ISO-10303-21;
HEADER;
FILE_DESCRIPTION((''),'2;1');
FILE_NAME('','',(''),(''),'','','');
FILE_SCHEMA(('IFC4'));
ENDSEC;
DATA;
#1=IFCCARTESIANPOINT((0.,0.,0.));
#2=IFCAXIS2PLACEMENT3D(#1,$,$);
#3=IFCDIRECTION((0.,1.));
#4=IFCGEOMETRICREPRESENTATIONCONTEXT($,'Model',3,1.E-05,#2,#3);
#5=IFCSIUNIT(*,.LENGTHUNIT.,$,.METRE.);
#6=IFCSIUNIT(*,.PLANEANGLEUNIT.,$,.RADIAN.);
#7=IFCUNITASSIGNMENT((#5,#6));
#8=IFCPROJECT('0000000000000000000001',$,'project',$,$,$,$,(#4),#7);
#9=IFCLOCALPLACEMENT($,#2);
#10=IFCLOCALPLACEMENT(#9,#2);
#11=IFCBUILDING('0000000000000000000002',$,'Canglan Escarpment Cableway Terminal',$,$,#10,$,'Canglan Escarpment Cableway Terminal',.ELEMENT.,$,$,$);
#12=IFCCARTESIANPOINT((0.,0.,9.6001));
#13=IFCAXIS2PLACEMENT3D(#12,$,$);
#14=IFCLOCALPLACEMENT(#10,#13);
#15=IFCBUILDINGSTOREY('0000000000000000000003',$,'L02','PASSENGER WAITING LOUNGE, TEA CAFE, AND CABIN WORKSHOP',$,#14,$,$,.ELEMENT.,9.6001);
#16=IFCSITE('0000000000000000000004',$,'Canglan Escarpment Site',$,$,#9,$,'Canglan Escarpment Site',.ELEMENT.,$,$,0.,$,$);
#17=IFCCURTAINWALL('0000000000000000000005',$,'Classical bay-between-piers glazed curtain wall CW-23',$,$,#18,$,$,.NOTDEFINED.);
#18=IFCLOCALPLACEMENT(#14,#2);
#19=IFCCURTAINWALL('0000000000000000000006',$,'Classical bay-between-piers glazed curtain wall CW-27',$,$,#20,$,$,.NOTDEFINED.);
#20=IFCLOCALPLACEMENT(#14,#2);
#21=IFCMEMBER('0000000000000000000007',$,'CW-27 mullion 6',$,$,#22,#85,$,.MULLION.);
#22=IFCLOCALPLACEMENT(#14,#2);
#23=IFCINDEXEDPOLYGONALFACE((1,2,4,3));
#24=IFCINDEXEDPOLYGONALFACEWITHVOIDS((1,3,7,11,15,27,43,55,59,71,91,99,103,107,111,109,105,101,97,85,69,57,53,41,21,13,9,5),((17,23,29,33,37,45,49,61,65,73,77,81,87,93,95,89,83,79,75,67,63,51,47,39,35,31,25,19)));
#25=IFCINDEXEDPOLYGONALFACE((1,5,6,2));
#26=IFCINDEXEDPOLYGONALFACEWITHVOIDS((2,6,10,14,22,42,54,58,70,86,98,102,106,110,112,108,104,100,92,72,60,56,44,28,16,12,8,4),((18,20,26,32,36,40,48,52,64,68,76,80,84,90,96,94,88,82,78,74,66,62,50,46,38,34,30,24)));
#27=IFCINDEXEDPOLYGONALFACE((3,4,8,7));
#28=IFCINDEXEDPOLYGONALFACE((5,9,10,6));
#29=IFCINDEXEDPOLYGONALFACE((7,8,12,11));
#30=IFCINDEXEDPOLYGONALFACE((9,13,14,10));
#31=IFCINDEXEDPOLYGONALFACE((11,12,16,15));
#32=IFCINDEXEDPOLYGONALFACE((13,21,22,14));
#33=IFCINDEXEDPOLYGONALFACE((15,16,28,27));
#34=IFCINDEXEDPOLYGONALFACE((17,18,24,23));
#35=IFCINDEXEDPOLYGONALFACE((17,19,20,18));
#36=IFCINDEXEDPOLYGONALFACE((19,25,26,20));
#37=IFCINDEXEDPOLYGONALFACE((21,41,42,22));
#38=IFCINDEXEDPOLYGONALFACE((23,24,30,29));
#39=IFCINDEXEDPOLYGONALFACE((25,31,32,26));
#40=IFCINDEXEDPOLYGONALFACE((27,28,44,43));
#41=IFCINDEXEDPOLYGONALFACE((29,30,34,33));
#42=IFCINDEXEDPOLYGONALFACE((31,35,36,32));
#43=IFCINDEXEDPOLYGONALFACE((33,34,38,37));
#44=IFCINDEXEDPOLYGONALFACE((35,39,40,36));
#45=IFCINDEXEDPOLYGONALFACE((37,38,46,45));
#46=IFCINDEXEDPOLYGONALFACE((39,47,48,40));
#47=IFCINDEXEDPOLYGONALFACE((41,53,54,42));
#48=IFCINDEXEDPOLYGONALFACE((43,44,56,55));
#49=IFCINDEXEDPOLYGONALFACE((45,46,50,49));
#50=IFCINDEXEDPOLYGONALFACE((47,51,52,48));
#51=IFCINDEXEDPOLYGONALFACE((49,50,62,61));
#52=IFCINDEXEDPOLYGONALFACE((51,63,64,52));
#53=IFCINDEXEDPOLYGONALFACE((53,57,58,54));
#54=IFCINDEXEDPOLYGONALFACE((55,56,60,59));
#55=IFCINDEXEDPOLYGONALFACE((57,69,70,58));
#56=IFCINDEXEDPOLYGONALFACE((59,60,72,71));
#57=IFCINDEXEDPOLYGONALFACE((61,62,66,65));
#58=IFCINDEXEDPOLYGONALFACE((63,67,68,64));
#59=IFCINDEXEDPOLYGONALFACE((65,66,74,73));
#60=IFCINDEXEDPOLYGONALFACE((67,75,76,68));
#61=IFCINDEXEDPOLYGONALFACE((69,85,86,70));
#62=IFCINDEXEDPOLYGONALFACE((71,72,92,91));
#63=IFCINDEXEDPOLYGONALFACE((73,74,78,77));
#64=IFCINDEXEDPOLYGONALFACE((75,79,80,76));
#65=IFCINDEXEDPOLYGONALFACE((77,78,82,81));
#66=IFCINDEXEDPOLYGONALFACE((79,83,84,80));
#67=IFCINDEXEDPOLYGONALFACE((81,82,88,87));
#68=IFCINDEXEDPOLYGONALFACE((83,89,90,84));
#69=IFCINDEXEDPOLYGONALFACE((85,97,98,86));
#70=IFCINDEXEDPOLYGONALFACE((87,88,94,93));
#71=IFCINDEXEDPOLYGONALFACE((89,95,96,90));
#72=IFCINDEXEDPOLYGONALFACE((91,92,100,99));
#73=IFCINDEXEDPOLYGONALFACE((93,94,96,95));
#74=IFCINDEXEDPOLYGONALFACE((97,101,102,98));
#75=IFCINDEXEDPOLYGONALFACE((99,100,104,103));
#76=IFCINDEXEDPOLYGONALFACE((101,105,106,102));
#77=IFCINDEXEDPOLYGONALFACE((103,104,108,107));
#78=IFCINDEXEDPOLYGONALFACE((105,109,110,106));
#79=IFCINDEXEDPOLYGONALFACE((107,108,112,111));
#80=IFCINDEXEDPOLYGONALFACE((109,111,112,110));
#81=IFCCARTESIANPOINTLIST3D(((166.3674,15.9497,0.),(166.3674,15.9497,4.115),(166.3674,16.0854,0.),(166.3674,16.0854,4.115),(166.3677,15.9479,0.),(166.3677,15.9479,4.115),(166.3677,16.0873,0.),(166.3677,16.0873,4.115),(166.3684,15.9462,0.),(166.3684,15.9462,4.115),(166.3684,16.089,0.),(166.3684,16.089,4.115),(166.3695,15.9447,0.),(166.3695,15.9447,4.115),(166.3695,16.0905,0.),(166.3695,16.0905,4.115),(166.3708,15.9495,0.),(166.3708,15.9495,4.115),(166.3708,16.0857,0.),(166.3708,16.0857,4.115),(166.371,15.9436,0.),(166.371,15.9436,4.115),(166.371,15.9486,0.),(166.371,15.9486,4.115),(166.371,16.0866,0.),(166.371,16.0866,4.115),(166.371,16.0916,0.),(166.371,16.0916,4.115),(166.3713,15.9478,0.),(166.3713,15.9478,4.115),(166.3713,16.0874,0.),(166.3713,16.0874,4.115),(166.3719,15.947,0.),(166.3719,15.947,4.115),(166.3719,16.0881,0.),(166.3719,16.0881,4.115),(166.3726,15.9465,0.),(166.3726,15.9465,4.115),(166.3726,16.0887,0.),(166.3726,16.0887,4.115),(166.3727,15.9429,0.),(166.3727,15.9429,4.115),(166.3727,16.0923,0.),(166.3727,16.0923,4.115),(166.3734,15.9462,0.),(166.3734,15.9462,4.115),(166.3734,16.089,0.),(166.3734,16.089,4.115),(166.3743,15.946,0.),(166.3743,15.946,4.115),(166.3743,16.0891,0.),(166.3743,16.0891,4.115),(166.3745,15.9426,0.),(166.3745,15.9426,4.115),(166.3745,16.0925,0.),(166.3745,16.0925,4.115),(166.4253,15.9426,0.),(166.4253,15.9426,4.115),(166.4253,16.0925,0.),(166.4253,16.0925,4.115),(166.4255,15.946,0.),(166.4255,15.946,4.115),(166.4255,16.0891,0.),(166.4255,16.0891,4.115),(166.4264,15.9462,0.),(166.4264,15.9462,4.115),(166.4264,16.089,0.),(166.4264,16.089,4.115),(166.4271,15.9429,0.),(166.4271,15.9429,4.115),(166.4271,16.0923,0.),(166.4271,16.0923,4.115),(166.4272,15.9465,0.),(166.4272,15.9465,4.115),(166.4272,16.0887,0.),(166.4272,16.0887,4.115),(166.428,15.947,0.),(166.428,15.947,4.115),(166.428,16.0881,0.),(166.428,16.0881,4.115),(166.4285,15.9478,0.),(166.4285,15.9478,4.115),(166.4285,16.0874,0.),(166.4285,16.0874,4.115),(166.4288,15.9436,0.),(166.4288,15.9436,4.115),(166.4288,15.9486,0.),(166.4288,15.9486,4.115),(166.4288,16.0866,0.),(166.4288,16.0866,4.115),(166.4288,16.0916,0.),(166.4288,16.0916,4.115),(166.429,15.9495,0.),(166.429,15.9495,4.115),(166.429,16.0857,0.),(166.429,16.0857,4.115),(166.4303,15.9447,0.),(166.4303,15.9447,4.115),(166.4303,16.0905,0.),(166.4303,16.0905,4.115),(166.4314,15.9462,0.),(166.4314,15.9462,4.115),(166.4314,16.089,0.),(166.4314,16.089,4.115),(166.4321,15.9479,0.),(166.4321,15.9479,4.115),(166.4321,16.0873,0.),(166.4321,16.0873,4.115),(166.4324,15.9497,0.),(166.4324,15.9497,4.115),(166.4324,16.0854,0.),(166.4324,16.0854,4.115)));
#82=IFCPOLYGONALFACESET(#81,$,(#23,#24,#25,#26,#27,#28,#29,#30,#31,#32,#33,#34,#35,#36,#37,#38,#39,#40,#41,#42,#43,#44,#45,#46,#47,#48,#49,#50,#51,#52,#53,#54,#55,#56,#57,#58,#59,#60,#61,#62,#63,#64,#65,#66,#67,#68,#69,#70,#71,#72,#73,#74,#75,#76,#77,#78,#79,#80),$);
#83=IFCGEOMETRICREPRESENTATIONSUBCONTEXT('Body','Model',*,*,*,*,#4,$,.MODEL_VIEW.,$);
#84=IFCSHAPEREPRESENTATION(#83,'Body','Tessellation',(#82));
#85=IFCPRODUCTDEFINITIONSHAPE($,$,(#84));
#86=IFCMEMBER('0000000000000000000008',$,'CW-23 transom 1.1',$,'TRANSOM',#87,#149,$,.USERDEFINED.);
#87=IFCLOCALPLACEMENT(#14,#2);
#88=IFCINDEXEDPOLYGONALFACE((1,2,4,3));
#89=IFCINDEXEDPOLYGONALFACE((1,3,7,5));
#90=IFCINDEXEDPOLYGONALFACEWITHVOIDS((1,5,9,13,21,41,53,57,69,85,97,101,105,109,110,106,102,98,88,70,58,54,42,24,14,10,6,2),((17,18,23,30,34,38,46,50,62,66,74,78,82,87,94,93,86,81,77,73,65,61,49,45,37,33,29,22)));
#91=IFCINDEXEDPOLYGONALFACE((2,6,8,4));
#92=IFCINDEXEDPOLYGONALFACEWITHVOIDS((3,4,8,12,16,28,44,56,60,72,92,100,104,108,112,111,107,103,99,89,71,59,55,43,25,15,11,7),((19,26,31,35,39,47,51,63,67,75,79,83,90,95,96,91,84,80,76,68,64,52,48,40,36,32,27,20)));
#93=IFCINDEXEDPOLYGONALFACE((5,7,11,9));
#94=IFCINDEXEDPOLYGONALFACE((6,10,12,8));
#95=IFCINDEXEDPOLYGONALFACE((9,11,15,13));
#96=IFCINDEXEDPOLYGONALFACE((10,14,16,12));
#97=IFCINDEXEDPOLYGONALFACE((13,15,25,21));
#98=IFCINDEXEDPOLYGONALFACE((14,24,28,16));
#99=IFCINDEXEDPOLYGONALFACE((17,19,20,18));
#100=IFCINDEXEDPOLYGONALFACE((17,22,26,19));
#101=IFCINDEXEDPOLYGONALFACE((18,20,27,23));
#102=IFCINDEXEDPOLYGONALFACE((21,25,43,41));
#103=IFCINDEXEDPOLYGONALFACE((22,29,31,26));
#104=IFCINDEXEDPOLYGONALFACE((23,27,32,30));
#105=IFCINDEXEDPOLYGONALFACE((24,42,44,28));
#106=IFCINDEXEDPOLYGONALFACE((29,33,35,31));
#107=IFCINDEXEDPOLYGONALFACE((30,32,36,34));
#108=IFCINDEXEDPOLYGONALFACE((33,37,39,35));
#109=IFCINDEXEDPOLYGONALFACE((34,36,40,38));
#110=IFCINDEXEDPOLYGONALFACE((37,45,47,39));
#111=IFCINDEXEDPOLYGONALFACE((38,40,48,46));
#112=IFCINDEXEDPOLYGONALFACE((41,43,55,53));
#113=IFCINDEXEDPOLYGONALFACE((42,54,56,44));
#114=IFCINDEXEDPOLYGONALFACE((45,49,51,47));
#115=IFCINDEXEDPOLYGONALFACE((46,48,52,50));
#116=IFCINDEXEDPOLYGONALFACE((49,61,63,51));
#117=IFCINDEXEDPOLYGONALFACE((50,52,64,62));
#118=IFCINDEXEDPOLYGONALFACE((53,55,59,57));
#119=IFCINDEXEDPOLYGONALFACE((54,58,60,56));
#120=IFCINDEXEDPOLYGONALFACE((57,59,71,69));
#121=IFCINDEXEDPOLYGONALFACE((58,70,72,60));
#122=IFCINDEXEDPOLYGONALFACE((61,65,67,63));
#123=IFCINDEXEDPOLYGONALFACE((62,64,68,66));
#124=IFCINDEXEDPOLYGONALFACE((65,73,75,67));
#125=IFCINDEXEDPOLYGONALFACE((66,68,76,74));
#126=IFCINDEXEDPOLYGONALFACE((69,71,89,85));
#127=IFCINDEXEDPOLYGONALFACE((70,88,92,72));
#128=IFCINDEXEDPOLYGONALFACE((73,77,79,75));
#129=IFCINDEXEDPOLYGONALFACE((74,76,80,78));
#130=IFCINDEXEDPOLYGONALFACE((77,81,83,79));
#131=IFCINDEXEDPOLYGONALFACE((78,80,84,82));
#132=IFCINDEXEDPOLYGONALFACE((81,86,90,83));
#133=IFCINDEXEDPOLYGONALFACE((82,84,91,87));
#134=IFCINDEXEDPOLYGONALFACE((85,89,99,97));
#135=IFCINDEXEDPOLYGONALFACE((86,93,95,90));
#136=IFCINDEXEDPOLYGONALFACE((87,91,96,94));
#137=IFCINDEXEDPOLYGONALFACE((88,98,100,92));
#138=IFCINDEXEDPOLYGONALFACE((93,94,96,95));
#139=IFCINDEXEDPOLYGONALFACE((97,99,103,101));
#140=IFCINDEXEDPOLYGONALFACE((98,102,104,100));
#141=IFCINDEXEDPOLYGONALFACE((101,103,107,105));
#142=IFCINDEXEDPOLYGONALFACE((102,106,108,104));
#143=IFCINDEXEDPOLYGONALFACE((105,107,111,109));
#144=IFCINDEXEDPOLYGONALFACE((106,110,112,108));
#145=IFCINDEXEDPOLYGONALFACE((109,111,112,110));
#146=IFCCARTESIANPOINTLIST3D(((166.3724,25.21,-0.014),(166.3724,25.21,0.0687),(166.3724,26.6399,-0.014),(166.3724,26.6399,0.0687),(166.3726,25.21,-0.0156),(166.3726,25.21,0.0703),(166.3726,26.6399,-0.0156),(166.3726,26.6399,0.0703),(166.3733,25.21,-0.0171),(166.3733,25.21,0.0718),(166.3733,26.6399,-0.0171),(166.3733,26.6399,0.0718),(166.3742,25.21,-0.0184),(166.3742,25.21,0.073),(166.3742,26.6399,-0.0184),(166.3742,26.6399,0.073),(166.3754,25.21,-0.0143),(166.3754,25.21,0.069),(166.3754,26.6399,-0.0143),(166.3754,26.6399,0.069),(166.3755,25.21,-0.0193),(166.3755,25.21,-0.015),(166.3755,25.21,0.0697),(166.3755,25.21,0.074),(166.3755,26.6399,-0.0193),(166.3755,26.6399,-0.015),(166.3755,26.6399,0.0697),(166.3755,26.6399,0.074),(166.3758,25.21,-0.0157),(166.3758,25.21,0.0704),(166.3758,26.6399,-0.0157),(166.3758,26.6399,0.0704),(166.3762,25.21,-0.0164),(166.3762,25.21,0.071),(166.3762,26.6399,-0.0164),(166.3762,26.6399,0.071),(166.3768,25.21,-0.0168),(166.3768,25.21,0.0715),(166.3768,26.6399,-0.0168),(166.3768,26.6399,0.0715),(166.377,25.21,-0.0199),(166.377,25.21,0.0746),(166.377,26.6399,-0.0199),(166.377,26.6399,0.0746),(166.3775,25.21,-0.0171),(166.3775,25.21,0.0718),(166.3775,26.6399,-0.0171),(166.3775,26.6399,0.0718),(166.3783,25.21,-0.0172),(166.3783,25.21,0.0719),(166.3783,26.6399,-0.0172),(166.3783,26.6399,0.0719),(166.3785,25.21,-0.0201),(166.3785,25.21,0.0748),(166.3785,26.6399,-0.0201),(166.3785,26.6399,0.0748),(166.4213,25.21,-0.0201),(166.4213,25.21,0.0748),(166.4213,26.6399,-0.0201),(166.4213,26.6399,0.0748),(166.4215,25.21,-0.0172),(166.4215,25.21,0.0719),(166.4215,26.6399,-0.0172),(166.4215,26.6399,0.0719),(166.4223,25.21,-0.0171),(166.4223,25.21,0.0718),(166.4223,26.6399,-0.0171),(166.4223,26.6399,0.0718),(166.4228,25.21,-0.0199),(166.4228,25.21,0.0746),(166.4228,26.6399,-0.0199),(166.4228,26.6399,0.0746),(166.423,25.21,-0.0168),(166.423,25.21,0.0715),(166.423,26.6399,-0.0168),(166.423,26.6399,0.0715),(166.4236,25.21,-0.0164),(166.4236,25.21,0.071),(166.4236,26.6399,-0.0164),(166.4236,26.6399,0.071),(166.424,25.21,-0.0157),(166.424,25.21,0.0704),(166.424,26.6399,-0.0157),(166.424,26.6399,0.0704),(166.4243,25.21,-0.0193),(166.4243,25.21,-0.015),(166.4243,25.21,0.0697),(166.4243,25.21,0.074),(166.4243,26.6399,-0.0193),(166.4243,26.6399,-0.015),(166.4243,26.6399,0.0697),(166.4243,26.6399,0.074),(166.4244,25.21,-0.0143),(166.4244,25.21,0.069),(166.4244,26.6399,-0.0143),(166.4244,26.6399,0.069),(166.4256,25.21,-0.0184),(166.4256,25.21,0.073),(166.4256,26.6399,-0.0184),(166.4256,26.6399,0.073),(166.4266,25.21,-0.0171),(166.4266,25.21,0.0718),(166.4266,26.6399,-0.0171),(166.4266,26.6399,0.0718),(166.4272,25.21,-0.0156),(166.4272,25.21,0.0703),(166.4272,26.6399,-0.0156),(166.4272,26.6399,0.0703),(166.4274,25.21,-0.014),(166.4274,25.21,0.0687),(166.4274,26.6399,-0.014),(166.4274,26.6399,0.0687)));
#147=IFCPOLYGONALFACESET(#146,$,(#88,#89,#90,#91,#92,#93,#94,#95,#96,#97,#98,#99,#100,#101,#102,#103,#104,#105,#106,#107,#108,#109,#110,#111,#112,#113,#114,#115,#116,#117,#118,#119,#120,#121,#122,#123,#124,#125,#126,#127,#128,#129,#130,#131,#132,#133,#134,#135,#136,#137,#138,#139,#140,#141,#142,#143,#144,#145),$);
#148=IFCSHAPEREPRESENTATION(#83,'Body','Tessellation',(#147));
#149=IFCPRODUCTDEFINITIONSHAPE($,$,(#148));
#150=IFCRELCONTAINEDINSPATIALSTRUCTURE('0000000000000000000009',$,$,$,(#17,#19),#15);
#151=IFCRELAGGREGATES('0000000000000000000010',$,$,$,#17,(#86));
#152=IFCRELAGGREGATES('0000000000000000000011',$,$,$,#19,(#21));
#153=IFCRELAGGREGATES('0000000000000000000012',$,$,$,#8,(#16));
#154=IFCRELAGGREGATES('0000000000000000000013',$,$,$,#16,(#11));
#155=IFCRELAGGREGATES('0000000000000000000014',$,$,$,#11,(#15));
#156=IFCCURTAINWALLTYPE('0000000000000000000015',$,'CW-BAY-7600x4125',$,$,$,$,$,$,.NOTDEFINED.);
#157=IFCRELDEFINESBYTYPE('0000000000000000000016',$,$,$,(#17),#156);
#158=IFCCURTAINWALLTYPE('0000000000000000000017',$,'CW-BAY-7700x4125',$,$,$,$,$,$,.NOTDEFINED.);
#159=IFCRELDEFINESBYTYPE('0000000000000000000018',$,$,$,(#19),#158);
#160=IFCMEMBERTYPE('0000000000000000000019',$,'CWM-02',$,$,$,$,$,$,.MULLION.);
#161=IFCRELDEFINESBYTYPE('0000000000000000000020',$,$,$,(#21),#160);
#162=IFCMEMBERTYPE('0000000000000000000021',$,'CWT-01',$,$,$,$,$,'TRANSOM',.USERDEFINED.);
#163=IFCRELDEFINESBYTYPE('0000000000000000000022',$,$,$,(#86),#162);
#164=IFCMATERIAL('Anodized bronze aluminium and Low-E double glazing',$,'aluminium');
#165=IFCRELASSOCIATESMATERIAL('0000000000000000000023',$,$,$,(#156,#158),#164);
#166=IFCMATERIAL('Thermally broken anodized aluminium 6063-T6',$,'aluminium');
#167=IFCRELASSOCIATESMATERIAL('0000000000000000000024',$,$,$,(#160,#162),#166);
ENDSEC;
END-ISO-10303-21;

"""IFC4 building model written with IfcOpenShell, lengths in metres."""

from ifc_helpers import new_model, si_unit, direction, frame, origin, origin_2d, place, context, subcontext, project, spatial, hollow_rectangle, extrude, material, material_profile, profile_set, type_object, element, aggregate, save


model = new_model("IFC4")

# Units and contexts
model_context = context("Model", 3, precision=1e-05, world=origin(), true_north=direction((0.0, 1.0)))
body_context = subcontext(model_context, "Body", "Model", "MODEL_VIEW")
ifc_project = project(units=[si_unit("LENGTHUNIT", "METRE"), si_unit("PLANEANGLEUNIT", "RADIAN")], contexts=[model_context])

# Site, building, storey
site_placement = place(None, origin())
site = spatial("IfcSite", under=ifc_project, at=site_placement, Name="Canglan Escarpment Site", LongName="Canglan Escarpment Site", CompositionType="ELEMENT", RefElevation=0.0)
building_placement = place(site_placement, origin())
building = spatial("IfcBuilding", under=site, at=building_placement, Name="Canglan Escarpment Cableway Terminal", LongName="Canglan Escarpment Cableway Terminal", CompositionType="ELEMENT")
storey_placement = place(building_placement, frame((0.0, 0.0, 9.6001)))
storey = spatial("IfcBuildingStorey", under=building, at=storey_placement, Name="L02", Description="PASSENGER WAITING LOUNGE, TEA CAFE, AND CABIN WORKSHOP", CompositionType="ELEMENT", Elevation=9.6001)

# Curtain wall
ifc_material_1 = material(Name="Anodized bronze aluminium and Low-E double glazing", Category="aluminium")
curtain_wall_type_1 = type_object("IfcCurtainWallType", Name="CW-BAY-7600x4125", PredefinedType="NOTDEFINED", material=ifc_material_1)
curtain_wall_1_placement = place(storey_placement, origin())
curtain_wall_1 = element("IfcCurtainWall", 1, at=curtain_wall_1_placement, inside=storey, type_object=curtain_wall_type_1, Name="Classical bay-between-piers glazed curtain wall CW-23", PredefinedType="NOTDEFINED")
ifc_material_2 = material(Name="Thermally broken anodized aluminium 6063-T6", Category="aluminium")

# Curtain wall, member
curtain_wall_type_2 = type_object("IfcCurtainWallType", Name="CW-BAY-7700x4125", PredefinedType="NOTDEFINED", material=ifc_material_1)
curtain_wall_2_placement = place(storey_placement, origin())
curtain_wall_2 = element("IfcCurtainWall", 2, at=curtain_wall_2_placement, inside=storey, type_object=curtain_wall_type_2, Name="Classical bay-between-piers glazed curtain wall CW-27", PredefinedType="NOTDEFINED")
ifc_material_profile_1 = material_profile(ifc_material_2, hollow_rectangle(XDim=0.0649, YDim=0.1499, WallThickness=0.0034, InnerFilletRadius=0.0034, OuterFilletRadius=0.0071, at=origin_2d()), Name="ALU-MULL 65x150x3.5")
ifc_profile_set_1 = profile_set([ifc_material_profile_1], Name="Thermally broken anodized aluminium 6063-T6")
member_type_1 = type_object("IfcMemberType", Name="CWM-02", PredefinedType="MULLION", material=ifc_profile_set_1)
member_1_placement = place(storey_placement, frame((166.3999, 16.0176, 0.0), z_axis=(0.0, 0.0, 1.0), x_axis=(-1.0, 0.0, 0.0)))
member_1 = element("IfcMember", 3, at=member_1_placement, type_object=member_type_1, Name="CW-27 mullion 6", PredefinedType="MULLION", context=body_context, shape_type="SweptSolid", body=[
    extrude(hollow_rectangle(XDim=0.0649, YDim=0.1499, WallThickness=0.0034, InnerFilletRadius=0.0034, OuterFilletRadius=0.0071, at=origin_2d()), origin(), (0.0, 0.0, 1.0), 4.115),
])

# Member
ifc_material_profile_2 = material_profile(ifc_material_2, hollow_rectangle(XDim=0.0549, YDim=0.095, WallThickness=0.0029, InnerFilletRadius=0.0029, OuterFilletRadius=0.0061, at=origin_2d()), Name="ALU-TRAN 55x95x3")
ifc_profile_set_2 = profile_set([ifc_material_profile_2], Name="Thermally broken anodized aluminium 6063-T6")
member_type_2 = type_object("IfcMemberType", Name="CWT-01", ElementType="TRANSOM", PredefinedType="USERDEFINED", material=ifc_profile_set_2)
member_2_placement = place(storey_placement, frame((166.3999, 25.21, 0.0273), z_axis=(0.0, 1.0, 0.0), x_axis=(-1.0, 0.0, 0.0)))
member_2 = element("IfcMember", 4, at=member_2_placement, type_object=member_type_2, Name="CW-23 transom 1.1", ObjectType="TRANSOM", PredefinedType="USERDEFINED", context=body_context, shape_type="SweptSolid", body=[
    extrude(hollow_rectangle(XDim=0.0549, YDim=0.095, WallThickness=0.0029, InnerFilletRadius=0.0029, OuterFilletRadius=0.0061, at=origin_2d()), origin(), (0.0, 0.0, 1.0), 1.4299),
])
aggregate(curtain_wall_1, [member_2])

aggregate(curtain_wall_2, [member_1])

save(model, "model.ifc")
